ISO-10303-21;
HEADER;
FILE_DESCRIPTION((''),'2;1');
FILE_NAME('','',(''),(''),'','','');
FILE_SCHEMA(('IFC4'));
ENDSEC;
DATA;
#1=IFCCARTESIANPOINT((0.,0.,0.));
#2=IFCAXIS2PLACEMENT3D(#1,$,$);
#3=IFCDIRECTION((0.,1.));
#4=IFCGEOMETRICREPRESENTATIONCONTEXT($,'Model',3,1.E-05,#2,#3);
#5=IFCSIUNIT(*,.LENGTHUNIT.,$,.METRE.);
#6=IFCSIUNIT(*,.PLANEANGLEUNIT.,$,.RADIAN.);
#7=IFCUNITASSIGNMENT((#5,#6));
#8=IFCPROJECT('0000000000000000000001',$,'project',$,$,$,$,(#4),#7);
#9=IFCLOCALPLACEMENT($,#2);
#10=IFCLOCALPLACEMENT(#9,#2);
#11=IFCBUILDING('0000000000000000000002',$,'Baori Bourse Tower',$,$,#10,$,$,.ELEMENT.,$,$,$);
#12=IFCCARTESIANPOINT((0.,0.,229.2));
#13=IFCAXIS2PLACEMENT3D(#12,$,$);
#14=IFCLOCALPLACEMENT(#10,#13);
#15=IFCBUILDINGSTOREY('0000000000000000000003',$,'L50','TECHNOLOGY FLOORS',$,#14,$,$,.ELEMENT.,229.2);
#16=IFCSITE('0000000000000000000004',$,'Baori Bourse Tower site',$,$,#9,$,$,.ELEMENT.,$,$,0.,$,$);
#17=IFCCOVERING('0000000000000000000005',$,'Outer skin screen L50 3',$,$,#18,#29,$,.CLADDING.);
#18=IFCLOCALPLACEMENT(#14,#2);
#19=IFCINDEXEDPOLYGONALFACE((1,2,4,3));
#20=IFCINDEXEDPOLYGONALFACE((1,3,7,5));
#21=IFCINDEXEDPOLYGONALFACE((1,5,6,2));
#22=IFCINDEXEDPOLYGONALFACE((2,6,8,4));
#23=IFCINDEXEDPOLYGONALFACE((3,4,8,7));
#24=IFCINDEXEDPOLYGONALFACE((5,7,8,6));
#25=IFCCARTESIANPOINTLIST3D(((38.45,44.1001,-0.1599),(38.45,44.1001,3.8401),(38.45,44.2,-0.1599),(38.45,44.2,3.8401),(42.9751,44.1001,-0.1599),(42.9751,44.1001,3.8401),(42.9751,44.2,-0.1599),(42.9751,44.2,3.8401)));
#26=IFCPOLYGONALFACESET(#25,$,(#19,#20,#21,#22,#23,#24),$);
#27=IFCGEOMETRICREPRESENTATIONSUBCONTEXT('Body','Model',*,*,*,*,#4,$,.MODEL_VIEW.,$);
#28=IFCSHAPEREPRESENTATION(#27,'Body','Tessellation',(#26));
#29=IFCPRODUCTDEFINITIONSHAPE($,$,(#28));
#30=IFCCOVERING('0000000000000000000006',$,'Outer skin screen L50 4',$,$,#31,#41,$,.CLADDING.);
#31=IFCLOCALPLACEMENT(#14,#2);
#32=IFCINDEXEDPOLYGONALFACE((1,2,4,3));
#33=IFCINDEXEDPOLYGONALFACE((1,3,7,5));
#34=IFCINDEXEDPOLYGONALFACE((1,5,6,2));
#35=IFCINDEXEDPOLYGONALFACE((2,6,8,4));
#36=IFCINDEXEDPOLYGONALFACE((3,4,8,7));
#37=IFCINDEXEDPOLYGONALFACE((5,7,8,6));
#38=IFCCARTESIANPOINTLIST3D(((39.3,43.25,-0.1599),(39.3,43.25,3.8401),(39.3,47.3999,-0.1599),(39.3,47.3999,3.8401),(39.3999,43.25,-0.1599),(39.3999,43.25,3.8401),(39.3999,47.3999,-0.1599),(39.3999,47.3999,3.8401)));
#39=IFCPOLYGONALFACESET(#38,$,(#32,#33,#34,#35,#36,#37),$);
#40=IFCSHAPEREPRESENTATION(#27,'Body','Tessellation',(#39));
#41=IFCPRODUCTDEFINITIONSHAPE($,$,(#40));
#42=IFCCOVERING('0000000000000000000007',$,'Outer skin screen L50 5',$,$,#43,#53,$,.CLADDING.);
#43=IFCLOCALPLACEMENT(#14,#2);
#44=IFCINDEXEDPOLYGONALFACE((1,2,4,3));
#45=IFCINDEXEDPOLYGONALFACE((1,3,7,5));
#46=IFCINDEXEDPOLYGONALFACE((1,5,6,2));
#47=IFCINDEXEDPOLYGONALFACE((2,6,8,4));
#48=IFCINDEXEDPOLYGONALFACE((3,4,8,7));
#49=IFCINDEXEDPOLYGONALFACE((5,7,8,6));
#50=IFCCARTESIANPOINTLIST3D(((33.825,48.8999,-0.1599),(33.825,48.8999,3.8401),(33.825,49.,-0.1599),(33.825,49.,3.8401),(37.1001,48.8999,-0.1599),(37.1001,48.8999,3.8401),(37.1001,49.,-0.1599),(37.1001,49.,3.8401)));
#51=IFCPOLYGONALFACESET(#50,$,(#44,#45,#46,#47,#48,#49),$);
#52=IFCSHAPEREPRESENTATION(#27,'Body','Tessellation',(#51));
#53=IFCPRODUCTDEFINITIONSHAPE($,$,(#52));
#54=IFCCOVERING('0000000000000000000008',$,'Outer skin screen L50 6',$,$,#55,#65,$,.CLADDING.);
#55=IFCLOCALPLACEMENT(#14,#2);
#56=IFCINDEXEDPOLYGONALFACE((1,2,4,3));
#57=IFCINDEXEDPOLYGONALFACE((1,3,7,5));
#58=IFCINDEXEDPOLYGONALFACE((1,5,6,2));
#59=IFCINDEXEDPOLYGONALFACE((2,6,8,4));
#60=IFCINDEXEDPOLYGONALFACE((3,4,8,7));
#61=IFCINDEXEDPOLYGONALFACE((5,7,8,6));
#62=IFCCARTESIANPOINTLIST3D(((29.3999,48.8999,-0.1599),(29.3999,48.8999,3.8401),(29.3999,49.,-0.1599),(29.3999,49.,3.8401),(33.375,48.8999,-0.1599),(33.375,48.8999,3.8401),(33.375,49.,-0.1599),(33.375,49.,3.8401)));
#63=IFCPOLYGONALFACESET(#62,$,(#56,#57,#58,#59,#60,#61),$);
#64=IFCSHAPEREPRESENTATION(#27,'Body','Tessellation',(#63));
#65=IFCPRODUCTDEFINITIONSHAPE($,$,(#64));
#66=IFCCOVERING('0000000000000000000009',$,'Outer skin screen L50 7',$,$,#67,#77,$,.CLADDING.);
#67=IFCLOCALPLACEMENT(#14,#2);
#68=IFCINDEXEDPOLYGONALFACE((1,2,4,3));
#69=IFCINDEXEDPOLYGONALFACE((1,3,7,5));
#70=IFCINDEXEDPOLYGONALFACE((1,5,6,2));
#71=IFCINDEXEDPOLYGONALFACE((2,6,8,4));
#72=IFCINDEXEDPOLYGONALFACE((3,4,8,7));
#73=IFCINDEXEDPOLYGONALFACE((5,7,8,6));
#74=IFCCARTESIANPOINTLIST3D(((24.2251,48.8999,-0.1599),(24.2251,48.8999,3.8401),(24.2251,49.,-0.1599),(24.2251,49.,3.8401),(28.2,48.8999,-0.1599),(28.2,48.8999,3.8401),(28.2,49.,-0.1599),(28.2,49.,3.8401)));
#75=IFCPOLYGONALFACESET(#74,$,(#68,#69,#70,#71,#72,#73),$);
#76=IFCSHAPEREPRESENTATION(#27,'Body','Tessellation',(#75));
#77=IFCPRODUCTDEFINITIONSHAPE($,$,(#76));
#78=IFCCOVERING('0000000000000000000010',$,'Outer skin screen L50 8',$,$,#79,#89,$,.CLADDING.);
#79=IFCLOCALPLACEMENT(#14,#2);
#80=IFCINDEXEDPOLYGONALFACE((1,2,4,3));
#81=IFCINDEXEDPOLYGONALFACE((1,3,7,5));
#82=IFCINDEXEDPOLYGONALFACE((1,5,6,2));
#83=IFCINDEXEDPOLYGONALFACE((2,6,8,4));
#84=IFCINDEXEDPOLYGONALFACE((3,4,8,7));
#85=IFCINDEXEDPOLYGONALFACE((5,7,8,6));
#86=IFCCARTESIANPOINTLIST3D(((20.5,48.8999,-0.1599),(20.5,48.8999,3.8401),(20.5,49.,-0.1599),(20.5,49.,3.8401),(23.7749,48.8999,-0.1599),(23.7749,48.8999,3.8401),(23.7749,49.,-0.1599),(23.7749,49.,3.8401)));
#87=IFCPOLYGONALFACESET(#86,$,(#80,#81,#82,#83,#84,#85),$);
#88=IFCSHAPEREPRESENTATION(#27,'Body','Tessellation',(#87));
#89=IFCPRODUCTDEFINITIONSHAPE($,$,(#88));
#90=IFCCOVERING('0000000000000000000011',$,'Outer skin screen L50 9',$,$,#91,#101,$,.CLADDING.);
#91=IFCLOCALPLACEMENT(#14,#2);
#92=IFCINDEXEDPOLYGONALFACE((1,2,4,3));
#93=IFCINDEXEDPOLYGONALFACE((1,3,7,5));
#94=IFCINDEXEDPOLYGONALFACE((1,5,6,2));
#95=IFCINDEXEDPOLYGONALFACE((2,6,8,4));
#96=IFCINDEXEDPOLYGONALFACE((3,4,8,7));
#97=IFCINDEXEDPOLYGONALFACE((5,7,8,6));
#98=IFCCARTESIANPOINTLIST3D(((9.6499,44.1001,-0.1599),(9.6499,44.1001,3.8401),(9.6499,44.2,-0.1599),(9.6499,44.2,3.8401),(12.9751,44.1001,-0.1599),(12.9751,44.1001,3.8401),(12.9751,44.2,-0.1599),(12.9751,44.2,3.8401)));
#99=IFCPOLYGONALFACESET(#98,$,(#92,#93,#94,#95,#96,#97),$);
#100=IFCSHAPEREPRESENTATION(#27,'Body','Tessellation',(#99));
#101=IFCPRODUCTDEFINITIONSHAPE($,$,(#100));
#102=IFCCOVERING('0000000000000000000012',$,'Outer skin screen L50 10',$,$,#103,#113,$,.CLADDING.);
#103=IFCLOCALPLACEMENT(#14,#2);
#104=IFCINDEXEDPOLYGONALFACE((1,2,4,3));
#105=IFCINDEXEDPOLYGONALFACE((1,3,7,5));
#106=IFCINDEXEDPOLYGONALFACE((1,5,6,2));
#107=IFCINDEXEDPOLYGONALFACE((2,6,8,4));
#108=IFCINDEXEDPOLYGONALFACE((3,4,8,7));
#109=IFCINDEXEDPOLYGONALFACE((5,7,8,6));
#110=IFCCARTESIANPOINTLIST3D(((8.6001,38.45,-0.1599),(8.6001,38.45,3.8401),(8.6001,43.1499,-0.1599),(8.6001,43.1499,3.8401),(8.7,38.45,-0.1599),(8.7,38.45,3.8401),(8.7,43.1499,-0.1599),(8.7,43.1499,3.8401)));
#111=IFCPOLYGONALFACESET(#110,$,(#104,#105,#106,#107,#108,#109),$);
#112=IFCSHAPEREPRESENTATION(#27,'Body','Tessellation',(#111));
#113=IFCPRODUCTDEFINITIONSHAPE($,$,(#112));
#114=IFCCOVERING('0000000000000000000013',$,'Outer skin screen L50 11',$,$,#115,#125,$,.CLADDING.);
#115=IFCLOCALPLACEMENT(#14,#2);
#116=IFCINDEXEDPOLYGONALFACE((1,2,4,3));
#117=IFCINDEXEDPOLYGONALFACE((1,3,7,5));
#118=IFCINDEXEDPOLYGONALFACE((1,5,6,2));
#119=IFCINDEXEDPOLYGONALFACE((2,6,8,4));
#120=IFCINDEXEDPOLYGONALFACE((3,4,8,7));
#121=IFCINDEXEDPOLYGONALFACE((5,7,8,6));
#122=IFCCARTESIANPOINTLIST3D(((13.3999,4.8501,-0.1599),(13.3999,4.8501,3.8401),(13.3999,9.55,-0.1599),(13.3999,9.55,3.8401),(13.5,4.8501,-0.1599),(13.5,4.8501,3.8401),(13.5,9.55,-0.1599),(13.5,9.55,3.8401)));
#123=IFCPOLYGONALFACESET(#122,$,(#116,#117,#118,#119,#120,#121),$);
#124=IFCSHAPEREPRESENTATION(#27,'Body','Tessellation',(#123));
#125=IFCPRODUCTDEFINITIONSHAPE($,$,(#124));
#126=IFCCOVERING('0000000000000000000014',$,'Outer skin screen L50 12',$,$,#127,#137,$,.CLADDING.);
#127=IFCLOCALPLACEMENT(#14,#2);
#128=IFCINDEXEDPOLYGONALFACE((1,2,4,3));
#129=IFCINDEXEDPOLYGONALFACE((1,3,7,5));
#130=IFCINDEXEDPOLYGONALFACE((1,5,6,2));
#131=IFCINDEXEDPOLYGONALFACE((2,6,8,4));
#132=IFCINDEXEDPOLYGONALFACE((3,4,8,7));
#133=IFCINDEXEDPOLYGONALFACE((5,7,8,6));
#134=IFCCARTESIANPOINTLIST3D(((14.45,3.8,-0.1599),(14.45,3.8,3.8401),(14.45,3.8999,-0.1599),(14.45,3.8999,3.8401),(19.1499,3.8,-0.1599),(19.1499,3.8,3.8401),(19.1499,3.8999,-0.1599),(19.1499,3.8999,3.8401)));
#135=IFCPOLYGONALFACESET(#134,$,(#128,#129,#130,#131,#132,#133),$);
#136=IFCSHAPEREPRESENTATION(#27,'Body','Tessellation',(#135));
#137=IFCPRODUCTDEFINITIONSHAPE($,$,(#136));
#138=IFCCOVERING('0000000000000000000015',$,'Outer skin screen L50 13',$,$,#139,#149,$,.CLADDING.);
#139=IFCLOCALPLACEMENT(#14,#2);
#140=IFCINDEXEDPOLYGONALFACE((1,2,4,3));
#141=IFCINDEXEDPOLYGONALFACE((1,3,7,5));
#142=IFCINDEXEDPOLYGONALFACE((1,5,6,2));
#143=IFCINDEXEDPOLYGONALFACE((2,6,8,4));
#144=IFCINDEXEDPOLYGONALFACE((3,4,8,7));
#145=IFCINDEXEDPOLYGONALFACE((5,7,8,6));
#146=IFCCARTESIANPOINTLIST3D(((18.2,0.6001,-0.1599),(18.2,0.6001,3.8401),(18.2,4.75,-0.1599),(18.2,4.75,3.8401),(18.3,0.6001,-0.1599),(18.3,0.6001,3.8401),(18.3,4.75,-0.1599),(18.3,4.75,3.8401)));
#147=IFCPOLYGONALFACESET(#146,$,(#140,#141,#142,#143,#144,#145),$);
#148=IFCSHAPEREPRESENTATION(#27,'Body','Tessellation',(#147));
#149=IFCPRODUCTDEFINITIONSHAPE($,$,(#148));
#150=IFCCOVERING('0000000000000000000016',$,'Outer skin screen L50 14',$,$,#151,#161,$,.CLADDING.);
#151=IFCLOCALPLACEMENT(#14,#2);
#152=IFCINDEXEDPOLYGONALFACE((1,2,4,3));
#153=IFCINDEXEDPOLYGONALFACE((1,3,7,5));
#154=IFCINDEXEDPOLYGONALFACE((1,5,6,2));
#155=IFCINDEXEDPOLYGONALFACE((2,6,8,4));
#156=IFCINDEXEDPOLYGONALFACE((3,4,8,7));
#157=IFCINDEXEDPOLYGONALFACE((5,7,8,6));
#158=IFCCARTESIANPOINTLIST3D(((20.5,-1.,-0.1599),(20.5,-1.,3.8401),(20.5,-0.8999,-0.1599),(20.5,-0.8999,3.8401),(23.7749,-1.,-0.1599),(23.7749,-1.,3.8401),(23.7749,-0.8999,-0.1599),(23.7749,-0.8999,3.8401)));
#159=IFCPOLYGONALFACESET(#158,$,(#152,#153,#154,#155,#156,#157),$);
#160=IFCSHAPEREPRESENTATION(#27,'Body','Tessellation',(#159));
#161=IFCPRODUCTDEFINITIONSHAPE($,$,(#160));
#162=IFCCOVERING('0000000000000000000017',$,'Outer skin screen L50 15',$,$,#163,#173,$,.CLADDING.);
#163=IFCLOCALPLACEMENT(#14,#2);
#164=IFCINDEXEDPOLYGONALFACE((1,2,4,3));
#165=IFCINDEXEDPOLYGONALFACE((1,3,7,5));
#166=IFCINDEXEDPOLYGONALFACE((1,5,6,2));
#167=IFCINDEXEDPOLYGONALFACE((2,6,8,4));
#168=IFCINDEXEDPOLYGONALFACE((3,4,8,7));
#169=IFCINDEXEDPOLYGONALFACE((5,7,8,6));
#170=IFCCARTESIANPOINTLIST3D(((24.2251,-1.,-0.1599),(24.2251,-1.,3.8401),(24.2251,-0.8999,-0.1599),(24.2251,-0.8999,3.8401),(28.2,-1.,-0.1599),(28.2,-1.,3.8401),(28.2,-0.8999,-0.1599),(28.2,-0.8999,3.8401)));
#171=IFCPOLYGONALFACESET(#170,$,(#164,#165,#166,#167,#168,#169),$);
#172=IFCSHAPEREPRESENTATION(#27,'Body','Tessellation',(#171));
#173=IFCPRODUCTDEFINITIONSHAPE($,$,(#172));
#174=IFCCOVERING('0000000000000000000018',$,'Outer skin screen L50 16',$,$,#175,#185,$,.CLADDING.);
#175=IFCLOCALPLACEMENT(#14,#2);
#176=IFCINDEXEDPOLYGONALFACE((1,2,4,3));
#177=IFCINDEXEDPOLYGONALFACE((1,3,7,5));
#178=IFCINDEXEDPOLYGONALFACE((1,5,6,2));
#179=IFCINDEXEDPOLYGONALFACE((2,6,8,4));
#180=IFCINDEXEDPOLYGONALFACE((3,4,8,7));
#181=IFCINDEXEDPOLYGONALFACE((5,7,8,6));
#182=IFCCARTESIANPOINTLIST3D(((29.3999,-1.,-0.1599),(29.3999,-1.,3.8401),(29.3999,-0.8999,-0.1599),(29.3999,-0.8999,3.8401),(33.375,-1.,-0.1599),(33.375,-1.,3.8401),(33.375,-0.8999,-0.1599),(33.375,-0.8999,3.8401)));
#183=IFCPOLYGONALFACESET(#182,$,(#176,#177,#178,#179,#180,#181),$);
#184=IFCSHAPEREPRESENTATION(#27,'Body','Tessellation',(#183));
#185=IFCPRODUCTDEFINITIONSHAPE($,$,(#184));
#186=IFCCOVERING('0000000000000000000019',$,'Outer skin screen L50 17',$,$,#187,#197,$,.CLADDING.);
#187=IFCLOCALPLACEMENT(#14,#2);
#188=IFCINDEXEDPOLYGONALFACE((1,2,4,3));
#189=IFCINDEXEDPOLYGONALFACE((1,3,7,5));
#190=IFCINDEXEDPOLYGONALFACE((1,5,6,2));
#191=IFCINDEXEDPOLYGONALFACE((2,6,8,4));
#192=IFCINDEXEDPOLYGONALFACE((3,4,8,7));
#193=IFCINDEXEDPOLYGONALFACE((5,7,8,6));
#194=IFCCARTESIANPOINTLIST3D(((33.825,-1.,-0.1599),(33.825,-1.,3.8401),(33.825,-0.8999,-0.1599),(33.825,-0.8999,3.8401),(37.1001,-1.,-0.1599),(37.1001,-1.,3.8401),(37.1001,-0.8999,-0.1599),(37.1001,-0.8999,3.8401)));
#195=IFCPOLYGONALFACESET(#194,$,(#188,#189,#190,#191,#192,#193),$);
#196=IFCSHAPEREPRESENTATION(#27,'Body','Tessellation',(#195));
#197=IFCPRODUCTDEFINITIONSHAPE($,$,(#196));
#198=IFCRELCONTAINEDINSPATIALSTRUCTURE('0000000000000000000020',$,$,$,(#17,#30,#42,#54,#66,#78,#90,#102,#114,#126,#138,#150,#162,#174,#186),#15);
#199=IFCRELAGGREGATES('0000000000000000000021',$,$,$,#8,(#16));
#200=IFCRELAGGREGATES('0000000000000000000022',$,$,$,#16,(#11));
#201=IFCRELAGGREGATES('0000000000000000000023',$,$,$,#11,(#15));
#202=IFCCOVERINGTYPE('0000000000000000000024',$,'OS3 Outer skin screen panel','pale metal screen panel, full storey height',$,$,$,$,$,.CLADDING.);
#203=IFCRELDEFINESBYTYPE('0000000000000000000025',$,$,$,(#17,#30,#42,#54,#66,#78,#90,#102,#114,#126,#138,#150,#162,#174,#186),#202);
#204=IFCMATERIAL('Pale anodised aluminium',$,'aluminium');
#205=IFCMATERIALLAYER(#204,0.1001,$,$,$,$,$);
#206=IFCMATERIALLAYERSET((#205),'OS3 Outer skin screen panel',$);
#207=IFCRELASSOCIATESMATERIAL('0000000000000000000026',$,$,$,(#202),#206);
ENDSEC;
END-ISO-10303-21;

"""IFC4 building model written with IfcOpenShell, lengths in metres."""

from ifc_helpers import new_model, si_unit, direction, frame, origin, place, context, subcontext, project, spatial, polyline, outline, extrude, material, layer, layer_set, type_object, element, save


model = new_model("IFC4")

# Units and contexts
model_context = context("Model", 3, precision=1e-05, world=origin(), true_north=direction((0.0, 1.0)))
body_context = subcontext(model_context, "Body", "Model", "MODEL_VIEW")
ifc_project = project(units=[si_unit("LENGTHUNIT", "METRE"), si_unit("PLANEANGLEUNIT", "RADIAN")], contexts=[model_context])

# Site, building, storey
site_placement = place(None, origin())
site = spatial("IfcSite", under=ifc_project, at=site_placement, Name="Baori Bourse Tower site", CompositionType="ELEMENT", RefElevation=0.0)
building_placement = place(site_placement, origin())
building = spatial("IfcBuilding", under=site, at=building_placement, Name="Baori Bourse Tower", CompositionType="ELEMENT")
storey_placement = place(building_placement, frame((0.0, 0.0, 229.2)))
storey = spatial("IfcBuildingStorey", under=building, at=storey_placement, Name="L50", Description="TECHNOLOGY FLOORS", CompositionType="ELEMENT", Elevation=229.2)

# Coverings
ifc_material_1 = material(Name="Pale anodised aluminium", Category="aluminium")
ifc_layer_1 = layer(ifc_material_1, 0.1001)
ifc_layer_set_1 = layer_set([ifc_layer_1], Name="OS3 Outer skin screen panel")
covering_type_1 = type_object("IfcCoveringType", Name="OS3 Outer skin screen panel", Description="pale metal screen panel, full storey height", PredefinedType="CLADDING", material=ifc_layer_set_1)
covering_1_placement = place(storey_placement, frame((0.0, 0.0, -0.1599)))
element("IfcCovering", 1, at=covering_1_placement, inside=storey, type_object=covering_type_1, Name="Outer skin screen L50 3", PredefinedType="CLADDING", context=body_context, shape_type="SweptSolid", body=[
    extrude(outline(polyline([(38.45, 44.1001), (42.9751, 44.1001), (42.9751, 44.2), (38.45, 44.2), (38.45, 44.1001)])), origin(), (0.0, 0.0, 1.0), 4.0),
])
covering_2_placement = place(storey_placement, frame((0.0, 0.0, -0.1599)))
element("IfcCovering", 2, at=covering_2_placement, inside=storey, type_object=covering_type_1, Name="Outer skin screen L50 4", PredefinedType="CLADDING", context=body_context, shape_type="SweptSolid", body=[
    extrude(outline(polyline([(39.3, 47.3999), (39.3, 43.25), (39.3999, 43.25), (39.3999, 47.3999), (39.3, 47.3999)])), origin(), (0.0, 0.0, 1.0), 4.0),
])
covering_3_placement = place(storey_placement, frame((0.0, 0.0, -0.1599)))
element("IfcCovering", 3, at=covering_3_placement, inside=storey, type_object=covering_type_1, Name="Outer skin screen L50 5", PredefinedType="CLADDING", context=body_context, shape_type="SweptSolid", body=[
    extrude(outline(polyline([(33.825, 48.8999), (37.1001, 48.8999), (37.1001, 49.0), (33.825, 49.0), (33.825, 48.8999)])), origin(), (0.0, 0.0, 1.0), 4.0),
])
covering_4_placement = place(storey_placement, frame((0.0, 0.0, -0.1599)))
element("IfcCovering", 4, at=covering_4_placement, inside=storey, type_object=covering_type_1, Name="Outer skin screen L50 6", PredefinedType="CLADDING", context=body_context, shape_type="SweptSolid", body=[
    extrude(outline(polyline([(29.3999, 48.8999), (33.375, 48.8999), (33.375, 49.0), (29.3999, 49.0), (29.3999, 48.8999)])), origin(), (0.0, 0.0, 1.0), 4.0),
])
covering_5_placement = place(storey_placement, frame((0.0, 0.0, -0.1599)))
element("IfcCovering", 5, at=covering_5_placement, inside=storey, type_object=covering_type_1, Name="Outer skin screen L50 7", PredefinedType="CLADDING", context=body_context, shape_type="SweptSolid", body=[
    extrude(outline(polyline([(24.2251, 48.8999), (28.2, 48.8999), (28.2, 49.0), (24.2251, 49.0), (24.2251, 48.8999)])), origin(), (0.0, 0.0, 1.0), 4.0),
])
covering_6_placement = place(storey_placement, frame((0.0, 0.0, -0.1599)))
element("IfcCovering", 6, at=covering_6_placement, inside=storey, type_object=covering_type_1, Name="Outer skin screen L50 8", PredefinedType="CLADDING", context=body_context, shape_type="SweptSolid", body=[
    extrude(outline(polyline([(20.5, 48.8999), (23.7749, 48.8999), (23.7749, 49.0), (20.5, 49.0), (20.5, 48.8999)])), origin(), (0.0, 0.0, 1.0), 4.0),
])
covering_7_placement = place(storey_placement, frame((0.0, 0.0, -0.1599)))
element("IfcCovering", 7, at=covering_7_placement, inside=storey, type_object=covering_type_1, Name="Outer skin screen L50 9", PredefinedType="CLADDING", context=body_context, shape_type="SweptSolid", body=[
    extrude(outline(polyline([(9.6499, 44.1001), (12.9751, 44.1001), (12.9751, 44.2), (9.6499, 44.2), (9.6499, 44.1001)])), origin(), (0.0, 0.0, 1.0), 4.0),
])
covering_8_placement = place(storey_placement, frame((0.0, 0.0, -0.1599)))
element("IfcCovering", 8, at=covering_8_placement, inside=storey, type_object=covering_type_1, Name="Outer skin screen L50 10", PredefinedType="CLADDING", context=body_context, shape_type="SweptSolid", body=[
    extrude(outline(polyline([(8.7, 38.45), (8.7, 43.1499), (8.6001, 43.1499), (8.6001, 38.45), (8.7, 38.45)])), origin(), (0.0, 0.0, 1.0), 4.0),
])
covering_9_placement = place(storey_placement, frame((0.0, 0.0, -0.1599)))
element("IfcCovering", 9, at=covering_9_placement, inside=storey, type_object=covering_type_1, Name="Outer skin screen L50 11", PredefinedType="CLADDING", context=body_context, shape_type="SweptSolid", body=[
    extrude(outline(polyline([(13.5, 4.8501), (13.5, 9.55), (13.3999, 9.55), (13.3999, 4.8501), (13.5, 4.8501)])), origin(), (0.0, 0.0, 1.0), 4.0),
])
covering_10_placement = place(storey_placement, frame((0.0, 0.0, -0.1599)))
element("IfcCovering", 10, at=covering_10_placement, inside=storey, type_object=covering_type_1, Name="Outer skin screen L50 12", PredefinedType="CLADDING", context=body_context, shape_type="SweptSolid", body=[
    extrude(outline(polyline([(19.1499, 3.8999), (14.45, 3.8999), (14.45, 3.8), (19.1499, 3.8), (19.1499, 3.8999)])), origin(), (0.0, 0.0, 1.0), 4.0),
])
covering_11_placement = place(storey_placement, frame((0.0, 0.0, -0.1599)))
element("IfcCovering", 11, at=covering_11_placement, inside=storey, type_object=covering_type_1, Name="Outer skin screen L50 13", PredefinedType="CLADDING", context=body_context, shape_type="SweptSolid", body=[
    extrude(outline(polyline([(18.3, 0.6001), (18.3, 4.75), (18.2, 4.75), (18.2, 0.6001), (18.3, 0.6001)])), origin(), (0.0, 0.0, 1.0), 4.0),
])
covering_12_placement = place(storey_placement, frame((0.0, 0.0, -0.1599)))
element("IfcCovering", 12, at=covering_12_placement, inside=storey, type_object=covering_type_1, Name="Outer skin screen L50 14", PredefinedType="CLADDING", context=body_context, shape_type="SweptSolid", body=[
    extrude(outline(polyline([(23.7749, -0.8999), (20.5, -0.8999), (20.5, -1.0), (23.7749, -1.0), (23.7749, -0.8999)])), origin(), (0.0, 0.0, 1.0), 4.0),
])
covering_13_placement = place(storey_placement, frame((0.0, 0.0, -0.1599)))
element("IfcCovering", 13, at=covering_13_placement, inside=storey, type_object=covering_type_1, Name="Outer skin screen L50 15", PredefinedType="CLADDING", context=body_context, shape_type="SweptSolid", body=[
    extrude(outline(polyline([(28.2, -0.8999), (24.2251, -0.8999), (24.2251, -1.0), (28.2, -1.0), (28.2, -0.8999)])), origin(), (0.0, 0.0, 1.0), 4.0),
])
covering_14_placement = place(storey_placement, frame((0.0, 0.0, -0.1599)))
element("IfcCovering", 14, at=covering_14_placement, inside=storey, type_object=covering_type_1, Name="Outer skin screen L50 16", PredefinedType="CLADDING", context=body_context, shape_type="SweptSolid", body=[
    extrude(outline(polyline([(33.375, -0.8999), (29.3999, -0.8999), (29.3999, -1.0), (33.375, -1.0), (33.375, -0.8999)])), origin(), (0.0, 0.0, 1.0), 4.0),
])
covering_15_placement = place(storey_placement, frame((0.0, 0.0, -0.1599)))
element("IfcCovering", 15, at=covering_15_placement, inside=storey, type_object=covering_type_1, Name="Outer skin screen L50 17", PredefinedType="CLADDING", context=body_context, shape_type="SweptSolid", body=[
    extrude(outline(polyline([(37.1001, -0.8999), (33.825, -0.8999), (33.825, -1.0), (37.1001, -1.0), (37.1001, -0.8999)])), origin(), (0.0, 0.0, 1.0), 4.0),
])

save(model, "model.ifc")
